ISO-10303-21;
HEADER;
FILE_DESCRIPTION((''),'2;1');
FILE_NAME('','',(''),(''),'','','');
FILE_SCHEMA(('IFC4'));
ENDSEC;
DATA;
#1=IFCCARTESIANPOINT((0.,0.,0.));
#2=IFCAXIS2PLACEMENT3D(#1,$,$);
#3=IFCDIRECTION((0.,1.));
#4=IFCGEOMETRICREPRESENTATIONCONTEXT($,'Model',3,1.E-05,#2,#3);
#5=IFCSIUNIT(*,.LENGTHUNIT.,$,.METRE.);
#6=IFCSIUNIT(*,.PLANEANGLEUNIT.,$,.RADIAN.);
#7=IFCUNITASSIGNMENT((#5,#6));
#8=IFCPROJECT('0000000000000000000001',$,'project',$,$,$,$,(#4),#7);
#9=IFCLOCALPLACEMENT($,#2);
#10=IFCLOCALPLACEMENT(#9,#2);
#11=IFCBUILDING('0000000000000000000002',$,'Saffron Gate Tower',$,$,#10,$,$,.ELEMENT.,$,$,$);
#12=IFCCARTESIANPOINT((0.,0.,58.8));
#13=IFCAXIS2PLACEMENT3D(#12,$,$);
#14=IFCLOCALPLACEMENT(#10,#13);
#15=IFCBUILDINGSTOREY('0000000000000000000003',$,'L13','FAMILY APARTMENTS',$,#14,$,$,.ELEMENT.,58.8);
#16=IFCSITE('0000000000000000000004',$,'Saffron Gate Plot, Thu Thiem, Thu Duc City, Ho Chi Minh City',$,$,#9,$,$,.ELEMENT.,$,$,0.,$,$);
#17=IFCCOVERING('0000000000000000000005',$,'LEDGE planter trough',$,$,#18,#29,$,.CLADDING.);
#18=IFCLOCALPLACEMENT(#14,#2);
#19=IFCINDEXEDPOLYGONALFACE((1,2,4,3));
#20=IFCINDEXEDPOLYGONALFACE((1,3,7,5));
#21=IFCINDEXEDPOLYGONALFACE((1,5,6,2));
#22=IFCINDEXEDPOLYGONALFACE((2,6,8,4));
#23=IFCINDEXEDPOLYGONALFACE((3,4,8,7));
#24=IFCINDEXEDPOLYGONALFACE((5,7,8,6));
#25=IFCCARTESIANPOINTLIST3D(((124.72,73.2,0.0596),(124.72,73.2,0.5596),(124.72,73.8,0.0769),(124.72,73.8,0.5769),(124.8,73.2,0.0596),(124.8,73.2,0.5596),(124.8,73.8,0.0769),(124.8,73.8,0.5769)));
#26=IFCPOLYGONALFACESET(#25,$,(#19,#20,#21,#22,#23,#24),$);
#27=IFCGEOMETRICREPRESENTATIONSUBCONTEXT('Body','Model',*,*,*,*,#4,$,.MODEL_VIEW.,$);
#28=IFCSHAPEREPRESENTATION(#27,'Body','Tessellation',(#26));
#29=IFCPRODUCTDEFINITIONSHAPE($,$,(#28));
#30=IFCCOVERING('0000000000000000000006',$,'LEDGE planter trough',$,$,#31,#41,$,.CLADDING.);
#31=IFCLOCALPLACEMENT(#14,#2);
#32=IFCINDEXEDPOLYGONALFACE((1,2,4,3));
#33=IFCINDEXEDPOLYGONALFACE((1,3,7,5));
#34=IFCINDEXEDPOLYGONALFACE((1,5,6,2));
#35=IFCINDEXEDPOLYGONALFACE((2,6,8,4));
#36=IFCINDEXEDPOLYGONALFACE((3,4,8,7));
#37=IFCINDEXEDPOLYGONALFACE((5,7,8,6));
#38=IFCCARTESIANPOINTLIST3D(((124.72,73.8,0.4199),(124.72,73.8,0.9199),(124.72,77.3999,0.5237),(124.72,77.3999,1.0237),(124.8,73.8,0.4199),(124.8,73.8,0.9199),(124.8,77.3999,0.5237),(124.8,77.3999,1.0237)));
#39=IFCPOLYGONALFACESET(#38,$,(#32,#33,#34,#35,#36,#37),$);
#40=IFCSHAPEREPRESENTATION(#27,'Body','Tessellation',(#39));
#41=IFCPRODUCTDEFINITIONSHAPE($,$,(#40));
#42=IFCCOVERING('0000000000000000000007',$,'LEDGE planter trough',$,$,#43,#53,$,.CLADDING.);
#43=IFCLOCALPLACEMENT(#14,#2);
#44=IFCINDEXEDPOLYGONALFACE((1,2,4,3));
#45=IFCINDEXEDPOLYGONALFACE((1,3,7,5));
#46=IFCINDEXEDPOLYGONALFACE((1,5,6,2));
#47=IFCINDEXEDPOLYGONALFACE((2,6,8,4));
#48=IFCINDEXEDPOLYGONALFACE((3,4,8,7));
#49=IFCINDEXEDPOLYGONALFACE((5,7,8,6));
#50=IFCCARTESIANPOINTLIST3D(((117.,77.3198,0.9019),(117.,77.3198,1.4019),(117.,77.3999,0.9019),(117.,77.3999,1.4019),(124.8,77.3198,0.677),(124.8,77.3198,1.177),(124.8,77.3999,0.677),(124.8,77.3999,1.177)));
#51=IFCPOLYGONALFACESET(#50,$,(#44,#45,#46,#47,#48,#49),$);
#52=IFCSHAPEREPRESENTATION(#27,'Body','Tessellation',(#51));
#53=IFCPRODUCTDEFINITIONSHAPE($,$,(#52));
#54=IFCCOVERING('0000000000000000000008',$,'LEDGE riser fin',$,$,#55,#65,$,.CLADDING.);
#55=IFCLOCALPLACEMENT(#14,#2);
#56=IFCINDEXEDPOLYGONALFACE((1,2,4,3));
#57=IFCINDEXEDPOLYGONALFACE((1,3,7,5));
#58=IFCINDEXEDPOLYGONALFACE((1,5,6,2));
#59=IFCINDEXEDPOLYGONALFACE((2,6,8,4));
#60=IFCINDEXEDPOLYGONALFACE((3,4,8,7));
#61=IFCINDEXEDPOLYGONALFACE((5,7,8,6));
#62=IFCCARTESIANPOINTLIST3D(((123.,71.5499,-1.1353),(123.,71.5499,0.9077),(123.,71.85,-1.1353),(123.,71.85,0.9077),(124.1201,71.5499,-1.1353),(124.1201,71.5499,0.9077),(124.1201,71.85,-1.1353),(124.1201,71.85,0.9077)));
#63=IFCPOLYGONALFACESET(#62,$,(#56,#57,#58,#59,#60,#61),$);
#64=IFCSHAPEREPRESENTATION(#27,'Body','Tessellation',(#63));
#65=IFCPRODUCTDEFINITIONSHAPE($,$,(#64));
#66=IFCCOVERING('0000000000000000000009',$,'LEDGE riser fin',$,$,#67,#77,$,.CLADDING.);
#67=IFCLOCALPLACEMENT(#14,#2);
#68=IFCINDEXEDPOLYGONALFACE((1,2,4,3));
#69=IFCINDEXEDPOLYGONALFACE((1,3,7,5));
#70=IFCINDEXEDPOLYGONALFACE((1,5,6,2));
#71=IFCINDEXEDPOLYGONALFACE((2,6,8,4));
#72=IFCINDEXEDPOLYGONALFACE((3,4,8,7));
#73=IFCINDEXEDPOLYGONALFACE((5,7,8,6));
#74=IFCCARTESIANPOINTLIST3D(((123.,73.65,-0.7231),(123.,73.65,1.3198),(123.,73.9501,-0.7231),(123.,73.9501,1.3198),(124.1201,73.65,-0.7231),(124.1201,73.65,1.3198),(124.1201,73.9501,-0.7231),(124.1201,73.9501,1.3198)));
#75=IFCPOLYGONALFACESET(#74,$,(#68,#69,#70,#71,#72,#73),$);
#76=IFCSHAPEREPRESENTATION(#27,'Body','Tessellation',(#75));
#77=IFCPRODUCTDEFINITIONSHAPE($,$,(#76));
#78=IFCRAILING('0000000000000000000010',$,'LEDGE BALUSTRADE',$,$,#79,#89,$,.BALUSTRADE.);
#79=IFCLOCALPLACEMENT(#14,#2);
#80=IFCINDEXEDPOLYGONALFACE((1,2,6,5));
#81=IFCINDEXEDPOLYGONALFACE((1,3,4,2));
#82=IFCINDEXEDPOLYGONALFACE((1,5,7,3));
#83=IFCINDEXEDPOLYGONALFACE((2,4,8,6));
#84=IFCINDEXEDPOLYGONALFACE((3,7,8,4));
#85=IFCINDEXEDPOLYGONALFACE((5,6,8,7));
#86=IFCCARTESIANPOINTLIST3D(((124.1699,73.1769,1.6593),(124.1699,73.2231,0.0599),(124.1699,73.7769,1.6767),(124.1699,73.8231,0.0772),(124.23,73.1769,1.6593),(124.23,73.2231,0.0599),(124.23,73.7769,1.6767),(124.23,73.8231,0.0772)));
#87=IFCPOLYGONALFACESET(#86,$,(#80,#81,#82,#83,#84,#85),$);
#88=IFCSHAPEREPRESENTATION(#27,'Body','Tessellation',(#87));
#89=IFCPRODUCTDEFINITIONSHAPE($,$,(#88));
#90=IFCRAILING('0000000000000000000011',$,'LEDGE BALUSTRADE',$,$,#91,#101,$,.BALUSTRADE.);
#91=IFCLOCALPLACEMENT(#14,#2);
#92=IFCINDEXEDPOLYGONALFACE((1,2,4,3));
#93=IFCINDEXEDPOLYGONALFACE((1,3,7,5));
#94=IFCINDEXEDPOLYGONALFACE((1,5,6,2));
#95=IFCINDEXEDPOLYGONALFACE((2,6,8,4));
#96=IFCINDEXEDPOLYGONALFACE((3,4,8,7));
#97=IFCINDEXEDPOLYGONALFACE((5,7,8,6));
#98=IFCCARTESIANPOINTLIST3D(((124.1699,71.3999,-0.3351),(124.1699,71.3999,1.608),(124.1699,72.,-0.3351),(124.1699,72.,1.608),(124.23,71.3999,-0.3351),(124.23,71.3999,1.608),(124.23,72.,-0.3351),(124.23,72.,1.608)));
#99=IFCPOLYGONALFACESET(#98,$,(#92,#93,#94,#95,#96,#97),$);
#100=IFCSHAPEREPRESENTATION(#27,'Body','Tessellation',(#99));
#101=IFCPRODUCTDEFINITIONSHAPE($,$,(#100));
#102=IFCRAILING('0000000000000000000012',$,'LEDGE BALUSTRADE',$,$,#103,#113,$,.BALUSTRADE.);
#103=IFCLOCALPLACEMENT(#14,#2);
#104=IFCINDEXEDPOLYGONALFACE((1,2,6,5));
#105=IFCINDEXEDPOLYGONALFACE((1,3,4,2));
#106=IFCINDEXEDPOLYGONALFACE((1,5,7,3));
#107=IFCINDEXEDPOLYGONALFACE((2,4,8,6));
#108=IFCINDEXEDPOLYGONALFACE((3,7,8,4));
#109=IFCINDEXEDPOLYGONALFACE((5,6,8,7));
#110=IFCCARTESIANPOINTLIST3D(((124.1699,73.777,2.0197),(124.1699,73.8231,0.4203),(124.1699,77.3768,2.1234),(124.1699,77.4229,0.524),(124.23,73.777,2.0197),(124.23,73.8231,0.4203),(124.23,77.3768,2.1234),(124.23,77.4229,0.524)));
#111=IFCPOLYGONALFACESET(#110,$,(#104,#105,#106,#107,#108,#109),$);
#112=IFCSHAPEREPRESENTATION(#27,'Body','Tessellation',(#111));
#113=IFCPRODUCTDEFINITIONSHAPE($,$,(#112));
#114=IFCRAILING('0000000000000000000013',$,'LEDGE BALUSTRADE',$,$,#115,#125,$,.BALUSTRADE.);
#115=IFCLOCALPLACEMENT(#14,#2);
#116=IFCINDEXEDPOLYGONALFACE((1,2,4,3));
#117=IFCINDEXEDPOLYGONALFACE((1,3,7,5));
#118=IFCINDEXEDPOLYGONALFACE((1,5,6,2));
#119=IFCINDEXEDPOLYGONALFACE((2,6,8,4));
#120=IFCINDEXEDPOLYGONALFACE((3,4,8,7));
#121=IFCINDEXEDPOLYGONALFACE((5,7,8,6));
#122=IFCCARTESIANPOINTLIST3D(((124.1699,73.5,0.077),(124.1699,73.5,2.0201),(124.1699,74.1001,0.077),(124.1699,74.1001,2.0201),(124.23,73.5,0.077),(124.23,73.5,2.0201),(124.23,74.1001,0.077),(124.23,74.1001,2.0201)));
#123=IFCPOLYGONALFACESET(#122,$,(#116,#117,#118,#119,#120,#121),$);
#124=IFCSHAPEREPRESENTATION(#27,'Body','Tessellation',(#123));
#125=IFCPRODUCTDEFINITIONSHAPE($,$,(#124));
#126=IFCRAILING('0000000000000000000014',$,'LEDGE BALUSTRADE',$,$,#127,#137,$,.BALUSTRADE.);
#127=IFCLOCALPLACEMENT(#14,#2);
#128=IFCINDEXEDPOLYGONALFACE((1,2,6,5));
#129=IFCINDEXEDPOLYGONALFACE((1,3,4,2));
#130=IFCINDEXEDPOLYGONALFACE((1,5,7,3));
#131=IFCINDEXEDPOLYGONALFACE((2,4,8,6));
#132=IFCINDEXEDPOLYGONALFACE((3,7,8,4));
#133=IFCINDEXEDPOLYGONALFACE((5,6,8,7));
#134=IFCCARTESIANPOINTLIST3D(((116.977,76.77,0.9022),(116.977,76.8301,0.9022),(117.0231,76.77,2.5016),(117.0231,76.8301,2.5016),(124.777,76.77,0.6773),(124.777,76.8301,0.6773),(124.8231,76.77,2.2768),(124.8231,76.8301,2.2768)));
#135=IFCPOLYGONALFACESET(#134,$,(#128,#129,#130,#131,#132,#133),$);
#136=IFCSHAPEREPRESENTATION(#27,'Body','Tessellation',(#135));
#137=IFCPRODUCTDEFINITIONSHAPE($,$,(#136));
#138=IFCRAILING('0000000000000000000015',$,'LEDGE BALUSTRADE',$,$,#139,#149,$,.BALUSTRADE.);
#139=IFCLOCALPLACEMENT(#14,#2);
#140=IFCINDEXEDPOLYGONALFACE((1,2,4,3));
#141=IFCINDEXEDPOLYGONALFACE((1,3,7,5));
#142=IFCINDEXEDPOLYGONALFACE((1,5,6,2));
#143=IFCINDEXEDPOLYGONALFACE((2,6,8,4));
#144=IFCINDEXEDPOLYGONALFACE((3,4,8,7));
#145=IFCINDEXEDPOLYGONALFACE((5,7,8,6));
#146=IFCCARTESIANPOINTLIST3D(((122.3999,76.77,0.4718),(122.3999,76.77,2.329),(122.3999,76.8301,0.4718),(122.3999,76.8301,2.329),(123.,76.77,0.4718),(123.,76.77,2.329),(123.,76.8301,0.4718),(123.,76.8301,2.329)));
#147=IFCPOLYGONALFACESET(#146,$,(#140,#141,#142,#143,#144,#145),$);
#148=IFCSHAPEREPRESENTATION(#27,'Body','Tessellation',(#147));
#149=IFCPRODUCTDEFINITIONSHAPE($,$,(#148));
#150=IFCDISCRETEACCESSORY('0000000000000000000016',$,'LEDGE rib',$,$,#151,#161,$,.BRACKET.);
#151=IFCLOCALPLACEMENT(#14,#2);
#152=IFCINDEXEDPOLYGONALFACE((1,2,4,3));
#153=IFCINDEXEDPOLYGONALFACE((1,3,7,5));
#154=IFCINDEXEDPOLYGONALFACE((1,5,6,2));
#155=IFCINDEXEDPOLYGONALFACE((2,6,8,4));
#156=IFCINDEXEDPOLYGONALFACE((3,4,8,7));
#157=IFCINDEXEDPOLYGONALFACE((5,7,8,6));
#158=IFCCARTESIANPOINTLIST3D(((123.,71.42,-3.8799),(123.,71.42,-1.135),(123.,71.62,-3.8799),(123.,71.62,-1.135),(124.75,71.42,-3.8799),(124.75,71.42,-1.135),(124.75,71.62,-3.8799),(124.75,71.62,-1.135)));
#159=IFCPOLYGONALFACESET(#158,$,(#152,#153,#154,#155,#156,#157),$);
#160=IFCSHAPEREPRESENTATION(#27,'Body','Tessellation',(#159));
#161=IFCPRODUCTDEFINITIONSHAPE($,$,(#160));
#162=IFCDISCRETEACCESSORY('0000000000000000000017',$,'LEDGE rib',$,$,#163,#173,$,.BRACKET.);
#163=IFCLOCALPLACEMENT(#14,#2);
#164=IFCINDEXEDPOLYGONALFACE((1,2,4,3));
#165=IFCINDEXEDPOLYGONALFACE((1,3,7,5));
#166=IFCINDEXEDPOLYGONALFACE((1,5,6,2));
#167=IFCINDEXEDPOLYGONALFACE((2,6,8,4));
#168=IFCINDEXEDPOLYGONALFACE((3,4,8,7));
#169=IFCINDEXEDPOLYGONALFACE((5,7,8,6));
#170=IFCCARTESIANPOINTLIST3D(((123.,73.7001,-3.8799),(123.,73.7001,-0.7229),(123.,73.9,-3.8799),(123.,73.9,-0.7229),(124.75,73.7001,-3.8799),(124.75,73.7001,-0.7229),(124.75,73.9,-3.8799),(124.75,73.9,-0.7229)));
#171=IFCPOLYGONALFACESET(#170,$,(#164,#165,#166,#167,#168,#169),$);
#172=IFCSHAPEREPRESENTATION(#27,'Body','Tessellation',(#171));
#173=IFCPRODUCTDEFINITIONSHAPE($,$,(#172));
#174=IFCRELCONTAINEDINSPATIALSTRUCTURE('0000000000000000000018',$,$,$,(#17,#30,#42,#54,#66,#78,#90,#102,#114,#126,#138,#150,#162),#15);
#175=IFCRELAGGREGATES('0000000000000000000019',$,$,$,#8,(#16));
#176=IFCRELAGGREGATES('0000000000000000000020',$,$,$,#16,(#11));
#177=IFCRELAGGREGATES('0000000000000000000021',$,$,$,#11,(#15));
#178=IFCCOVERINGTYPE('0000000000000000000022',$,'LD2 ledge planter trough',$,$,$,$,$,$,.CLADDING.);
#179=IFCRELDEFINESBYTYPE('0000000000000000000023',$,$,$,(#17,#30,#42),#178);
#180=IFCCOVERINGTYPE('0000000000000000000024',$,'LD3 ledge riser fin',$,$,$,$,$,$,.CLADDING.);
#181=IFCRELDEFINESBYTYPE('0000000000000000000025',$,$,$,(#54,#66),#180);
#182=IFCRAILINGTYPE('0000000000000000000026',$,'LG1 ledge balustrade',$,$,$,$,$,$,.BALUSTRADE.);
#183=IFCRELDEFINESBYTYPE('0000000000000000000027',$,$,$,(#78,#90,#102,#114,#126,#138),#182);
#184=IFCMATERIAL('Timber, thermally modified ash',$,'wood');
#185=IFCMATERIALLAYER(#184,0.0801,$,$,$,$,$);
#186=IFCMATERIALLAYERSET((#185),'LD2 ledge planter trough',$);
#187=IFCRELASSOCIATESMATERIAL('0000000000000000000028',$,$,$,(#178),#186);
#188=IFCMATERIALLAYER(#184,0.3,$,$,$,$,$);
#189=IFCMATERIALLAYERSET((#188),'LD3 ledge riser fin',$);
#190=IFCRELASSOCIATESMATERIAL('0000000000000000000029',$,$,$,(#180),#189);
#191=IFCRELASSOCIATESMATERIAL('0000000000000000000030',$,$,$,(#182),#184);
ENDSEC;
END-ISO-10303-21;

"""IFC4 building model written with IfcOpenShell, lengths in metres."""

from ifc_helpers import new_model, si_unit, direction, frame, origin, origin_2d, place, context, subcontext, project, spatial, polyline, rectangle, outline, extrude, material, layer, layer_set, type_object, element, save


model = new_model("IFC4")

# Units and contexts
model_context = context("Model", 3, precision=1e-05, world=origin(), true_north=direction((0.0, 1.0)))
body_context = subcontext(model_context, "Body", "Model", "MODEL_VIEW")
ifc_project = project(units=[si_unit("LENGTHUNIT", "METRE"), si_unit("PLANEANGLEUNIT", "RADIAN")], contexts=[model_context])

# Site, building, storey
site_placement = place(None, origin())
site = spatial("IfcSite", under=ifc_project, at=site_placement, Name="Saffron Gate Plot, Thu Thiem, Thu Duc City, Ho Chi Minh City", CompositionType="ELEMENT", RefElevation=0.0)
building_placement = place(site_placement, origin())
building = spatial("IfcBuilding", under=site, at=building_placement, Name="Saffron Gate Tower", CompositionType="ELEMENT")
storey_placement = place(building_placement, frame((0.0, 0.0, 58.8)))
storey = spatial("IfcBuildingStorey", under=building, at=storey_placement, Name="L13", Description="FAMILY APARTMENTS", CompositionType="ELEMENT", Elevation=58.8)

# Coverings
ifc_material_1 = material(Name="Timber, thermally modified ash", Category="wood")
ifc_layer_1 = layer(ifc_material_1, 0.0801)
ifc_layer_set_1 = layer_set([ifc_layer_1], Name="LD2 ledge planter trough")
covering_type_1 = type_object("IfcCoveringType", Name="LD2 ledge planter trough", PredefinedType="CLADDING", material=ifc_layer_set_1)
covering_1_placement = place(storey_placement, frame((124.8, 73.2, 0.0596), z_axis=(1.0, 0.0, 0.0), x_axis=(0.0, 0.999583, 0.028873)))
element("IfcCovering", 1, at=covering_1_placement, inside=storey, type_object=covering_type_1, Name="LEDGE planter trough", PredefinedType="CLADDING", context=body_context, shape_type="SweptSolid", body=[
    extrude(outline(polyline([(0.0, 0.0), (0.6003, 0.0), (0.6148, 0.4998), (0.0144, 0.4998), (0.0, 0.0)])), origin(), (0.0, 0.0, -1.0), 0.0801),
])
covering_2_placement = place(storey_placement, frame((124.8, 73.8, 0.4199), z_axis=(1.0, 0.0, 0.0), x_axis=(0.0, 0.999585, 0.028811)))
element("IfcCovering", 2, at=covering_2_placement, inside=storey, type_object=covering_type_1, Name="LEDGE planter trough", PredefinedType="CLADDING", context=body_context, shape_type="SweptSolid", body=[
    extrude(outline(polyline([(0.0, 0.0), (3.6013, 0.0), (3.6158, 0.4998), (0.0144, 0.4998), (0.0, 0.0)])), origin(), (0.0, 0.0, -1.0), 0.0801),
])
covering_3_placement = place(storey_placement, frame((124.8, 77.3999, 0.677), z_axis=(0.0, 1.0, 0.0), x_axis=(-0.999585, 0.0, 0.028815)))
element("IfcCovering", 3, at=covering_3_placement, inside=storey, type_object=covering_type_1, Name="LEDGE planter trough", PredefinedType="CLADDING", context=body_context, shape_type="SweptSolid", body=[
    extrude(outline(polyline([(0.0, 0.0), (7.8033, 0.0), (7.8177, 0.4998), (0.0144, 0.4998), (0.0, 0.0)])), origin(), (0.0, 0.0, -1.0), 0.0801),
])
ifc_layer_2 = layer(ifc_material_1, 0.3)
ifc_layer_set_2 = layer_set([ifc_layer_2], Name="LD3 ledge riser fin")
covering_type_2 = type_object("IfcCoveringType", Name="LD3 ledge riser fin", PredefinedType="CLADDING", material=ifc_layer_set_2)
for number, where, z_axis, x_axis, name in (
    (4, (123.5601, 71.7, -1.1353), (0.0, 0.0, 1.0), (0.0, 1.0, 0.0), "LEDGE riser fin"),
    (5, (123.5601, 73.8, -0.7231), (0.0, 0.0, 1.0), (0.0, 1.0, 0.0), "LEDGE riser fin"),
):
    element("IfcCovering", number, at=place(storey_placement, frame(where, z_axis=z_axis, x_axis=x_axis)), inside=storey, type_object=covering_type_2, Name=name, PredefinedType="CLADDING", context=body_context, shape_type="SweptSolid", body=[
        extrude(rectangle(XDim=0.3, YDim=1.1201, at=origin_2d()), origin(), (0.0, 0.0, 1.0), 2.043),
    ])

# Railings
railing_type = type_object("IfcRailingType", Name="LG1 ledge balustrade", PredefinedType="BALUSTRADE", material=ifc_material_1)
railing_1_placement = place(storey_placement, frame((124.2, 73.2, 0.0596)))
element("IfcRailing", 6, at=railing_1_placement, inside=storey, type_object=railing_type, Name="LEDGE BALUSTRADE", PredefinedType="BALUSTRADE", context=body_context, shape_type="SweptSolid", body=[
    extrude(rectangle(XDim=0.0601, YDim=1.6001, at=origin_2d()), frame((0.0, 0.0, 0.8), z_axis=(0.0, 0.999583, 0.028873), x_axis=(-1.0, 0.0, 0.0)), (0.0, 0.0, 1.0), 0.6003),
])
railing_2_placement = place(storey_placement, frame((124.2, 71.3999, -0.3352)))
element("IfcRailing", 7, at=railing_2_placement, inside=storey, type_object=railing_type, Name="LEDGE BALUSTRADE", PredefinedType="BALUSTRADE", context=body_context, shape_type="SweptSolid", body=[
    extrude(rectangle(XDim=0.0601, YDim=1.9431, at=origin_2d()), frame((0.0, 0.0, 0.9717), z_axis=(0.0, 1.0, 0.0), x_axis=(-1.0, 0.0, 0.0)), (0.0, 0.0, 1.0), 0.6001),
])
railing_3_placement = place(storey_placement, frame((124.2, 73.8, 0.4199)))
element("IfcRailing", 8, at=railing_3_placement, inside=storey, type_object=railing_type, Name="LEDGE BALUSTRADE", PredefinedType="BALUSTRADE", context=body_context, shape_type="SweptSolid", body=[
    extrude(rectangle(XDim=0.0601, YDim=1.6001, at=origin_2d()), frame((0.0, 0.0, 0.8), z_axis=(0.0, 0.999585, 0.028811), x_axis=(-1.0, 0.0, 0.0)), (0.0, 0.0, 1.0), 3.6013),
])
railing_4_placement = place(storey_placement, frame((124.2, 73.5, 0.0769)))
element("IfcRailing", 9, at=railing_4_placement, inside=storey, type_object=railing_type, Name="LEDGE BALUSTRADE", PredefinedType="BALUSTRADE", context=body_context, shape_type="SweptSolid", body=[
    extrude(rectangle(XDim=0.0601, YDim=1.9431, at=origin_2d()), frame((0.0, 0.0, 0.9717), z_axis=(0.0, 1.0, 0.0), x_axis=(-1.0, 0.0, 0.0)), (0.0, 0.0, 1.0), 0.6001),
])
railing_5_placement = place(storey_placement, frame((124.8, 76.8, 0.677)))
element("IfcRailing", 10, at=railing_5_placement, inside=storey, type_object=railing_type, Name="LEDGE BALUSTRADE", PredefinedType="BALUSTRADE", context=body_context, shape_type="SweptSolid", body=[
    extrude(rectangle(XDim=0.0601, YDim=1.6001, at=origin_2d()), frame((0.0, 0.0, 0.8), z_axis=(-0.999585, 0.0, 0.028815), x_axis=(0.0, -1.0, 0.0)), (0.0, 0.0, 1.0), 7.8032),
])
railing_6_placement = place(storey_placement, frame((123.0, 76.8, 0.4717)))
element("IfcRailing", 11, at=railing_6_placement, inside=storey, type_object=railing_type, Name="LEDGE BALUSTRADE", PredefinedType="BALUSTRADE", context=body_context, shape_type="SweptSolid", body=[
    extrude(rectangle(XDim=0.0601, YDim=1.8572, at=origin_2d()), frame((0.0, 0.0, 0.9287), z_axis=(-1.0, 0.0, 0.0), x_axis=(0.0, -1.0, 0.0)), (0.0, 0.0, 1.0), 0.6001),
])

# Discrete accessories
discrete_accessory_1_placement = place(storey_placement, frame((123.875, 71.52, -3.8799), z_axis=(0.0, 0.0, 1.0), x_axis=(0.0, 1.0, 0.0)))
element("IfcDiscreteAccessory", 12, at=discrete_accessory_1_placement, inside=storey, Name="LEDGE rib", PredefinedType="BRACKET", context=body_context, shape_type="SweptSolid", body=[
    extrude(rectangle(XDim=0.2, YDim=1.75, at=origin_2d()), origin(), (0.0, 0.0, 1.0), 2.7449),
])
discrete_accessory_2_placement = place(storey_placement, frame((123.875, 73.8, -3.8799), z_axis=(0.0, 0.0, 1.0), x_axis=(0.0, 1.0, 0.0)))
element("IfcDiscreteAccessory", 13, at=discrete_accessory_2_placement, inside=storey, Name="LEDGE rib", PredefinedType="BRACKET", context=body_context, shape_type="SweptSolid", body=[
    extrude(rectangle(XDim=0.2, YDim=1.75, at=origin_2d()), origin(), (0.0, 0.0, 1.0), 3.157),
])

save(model, "model.ifc")
